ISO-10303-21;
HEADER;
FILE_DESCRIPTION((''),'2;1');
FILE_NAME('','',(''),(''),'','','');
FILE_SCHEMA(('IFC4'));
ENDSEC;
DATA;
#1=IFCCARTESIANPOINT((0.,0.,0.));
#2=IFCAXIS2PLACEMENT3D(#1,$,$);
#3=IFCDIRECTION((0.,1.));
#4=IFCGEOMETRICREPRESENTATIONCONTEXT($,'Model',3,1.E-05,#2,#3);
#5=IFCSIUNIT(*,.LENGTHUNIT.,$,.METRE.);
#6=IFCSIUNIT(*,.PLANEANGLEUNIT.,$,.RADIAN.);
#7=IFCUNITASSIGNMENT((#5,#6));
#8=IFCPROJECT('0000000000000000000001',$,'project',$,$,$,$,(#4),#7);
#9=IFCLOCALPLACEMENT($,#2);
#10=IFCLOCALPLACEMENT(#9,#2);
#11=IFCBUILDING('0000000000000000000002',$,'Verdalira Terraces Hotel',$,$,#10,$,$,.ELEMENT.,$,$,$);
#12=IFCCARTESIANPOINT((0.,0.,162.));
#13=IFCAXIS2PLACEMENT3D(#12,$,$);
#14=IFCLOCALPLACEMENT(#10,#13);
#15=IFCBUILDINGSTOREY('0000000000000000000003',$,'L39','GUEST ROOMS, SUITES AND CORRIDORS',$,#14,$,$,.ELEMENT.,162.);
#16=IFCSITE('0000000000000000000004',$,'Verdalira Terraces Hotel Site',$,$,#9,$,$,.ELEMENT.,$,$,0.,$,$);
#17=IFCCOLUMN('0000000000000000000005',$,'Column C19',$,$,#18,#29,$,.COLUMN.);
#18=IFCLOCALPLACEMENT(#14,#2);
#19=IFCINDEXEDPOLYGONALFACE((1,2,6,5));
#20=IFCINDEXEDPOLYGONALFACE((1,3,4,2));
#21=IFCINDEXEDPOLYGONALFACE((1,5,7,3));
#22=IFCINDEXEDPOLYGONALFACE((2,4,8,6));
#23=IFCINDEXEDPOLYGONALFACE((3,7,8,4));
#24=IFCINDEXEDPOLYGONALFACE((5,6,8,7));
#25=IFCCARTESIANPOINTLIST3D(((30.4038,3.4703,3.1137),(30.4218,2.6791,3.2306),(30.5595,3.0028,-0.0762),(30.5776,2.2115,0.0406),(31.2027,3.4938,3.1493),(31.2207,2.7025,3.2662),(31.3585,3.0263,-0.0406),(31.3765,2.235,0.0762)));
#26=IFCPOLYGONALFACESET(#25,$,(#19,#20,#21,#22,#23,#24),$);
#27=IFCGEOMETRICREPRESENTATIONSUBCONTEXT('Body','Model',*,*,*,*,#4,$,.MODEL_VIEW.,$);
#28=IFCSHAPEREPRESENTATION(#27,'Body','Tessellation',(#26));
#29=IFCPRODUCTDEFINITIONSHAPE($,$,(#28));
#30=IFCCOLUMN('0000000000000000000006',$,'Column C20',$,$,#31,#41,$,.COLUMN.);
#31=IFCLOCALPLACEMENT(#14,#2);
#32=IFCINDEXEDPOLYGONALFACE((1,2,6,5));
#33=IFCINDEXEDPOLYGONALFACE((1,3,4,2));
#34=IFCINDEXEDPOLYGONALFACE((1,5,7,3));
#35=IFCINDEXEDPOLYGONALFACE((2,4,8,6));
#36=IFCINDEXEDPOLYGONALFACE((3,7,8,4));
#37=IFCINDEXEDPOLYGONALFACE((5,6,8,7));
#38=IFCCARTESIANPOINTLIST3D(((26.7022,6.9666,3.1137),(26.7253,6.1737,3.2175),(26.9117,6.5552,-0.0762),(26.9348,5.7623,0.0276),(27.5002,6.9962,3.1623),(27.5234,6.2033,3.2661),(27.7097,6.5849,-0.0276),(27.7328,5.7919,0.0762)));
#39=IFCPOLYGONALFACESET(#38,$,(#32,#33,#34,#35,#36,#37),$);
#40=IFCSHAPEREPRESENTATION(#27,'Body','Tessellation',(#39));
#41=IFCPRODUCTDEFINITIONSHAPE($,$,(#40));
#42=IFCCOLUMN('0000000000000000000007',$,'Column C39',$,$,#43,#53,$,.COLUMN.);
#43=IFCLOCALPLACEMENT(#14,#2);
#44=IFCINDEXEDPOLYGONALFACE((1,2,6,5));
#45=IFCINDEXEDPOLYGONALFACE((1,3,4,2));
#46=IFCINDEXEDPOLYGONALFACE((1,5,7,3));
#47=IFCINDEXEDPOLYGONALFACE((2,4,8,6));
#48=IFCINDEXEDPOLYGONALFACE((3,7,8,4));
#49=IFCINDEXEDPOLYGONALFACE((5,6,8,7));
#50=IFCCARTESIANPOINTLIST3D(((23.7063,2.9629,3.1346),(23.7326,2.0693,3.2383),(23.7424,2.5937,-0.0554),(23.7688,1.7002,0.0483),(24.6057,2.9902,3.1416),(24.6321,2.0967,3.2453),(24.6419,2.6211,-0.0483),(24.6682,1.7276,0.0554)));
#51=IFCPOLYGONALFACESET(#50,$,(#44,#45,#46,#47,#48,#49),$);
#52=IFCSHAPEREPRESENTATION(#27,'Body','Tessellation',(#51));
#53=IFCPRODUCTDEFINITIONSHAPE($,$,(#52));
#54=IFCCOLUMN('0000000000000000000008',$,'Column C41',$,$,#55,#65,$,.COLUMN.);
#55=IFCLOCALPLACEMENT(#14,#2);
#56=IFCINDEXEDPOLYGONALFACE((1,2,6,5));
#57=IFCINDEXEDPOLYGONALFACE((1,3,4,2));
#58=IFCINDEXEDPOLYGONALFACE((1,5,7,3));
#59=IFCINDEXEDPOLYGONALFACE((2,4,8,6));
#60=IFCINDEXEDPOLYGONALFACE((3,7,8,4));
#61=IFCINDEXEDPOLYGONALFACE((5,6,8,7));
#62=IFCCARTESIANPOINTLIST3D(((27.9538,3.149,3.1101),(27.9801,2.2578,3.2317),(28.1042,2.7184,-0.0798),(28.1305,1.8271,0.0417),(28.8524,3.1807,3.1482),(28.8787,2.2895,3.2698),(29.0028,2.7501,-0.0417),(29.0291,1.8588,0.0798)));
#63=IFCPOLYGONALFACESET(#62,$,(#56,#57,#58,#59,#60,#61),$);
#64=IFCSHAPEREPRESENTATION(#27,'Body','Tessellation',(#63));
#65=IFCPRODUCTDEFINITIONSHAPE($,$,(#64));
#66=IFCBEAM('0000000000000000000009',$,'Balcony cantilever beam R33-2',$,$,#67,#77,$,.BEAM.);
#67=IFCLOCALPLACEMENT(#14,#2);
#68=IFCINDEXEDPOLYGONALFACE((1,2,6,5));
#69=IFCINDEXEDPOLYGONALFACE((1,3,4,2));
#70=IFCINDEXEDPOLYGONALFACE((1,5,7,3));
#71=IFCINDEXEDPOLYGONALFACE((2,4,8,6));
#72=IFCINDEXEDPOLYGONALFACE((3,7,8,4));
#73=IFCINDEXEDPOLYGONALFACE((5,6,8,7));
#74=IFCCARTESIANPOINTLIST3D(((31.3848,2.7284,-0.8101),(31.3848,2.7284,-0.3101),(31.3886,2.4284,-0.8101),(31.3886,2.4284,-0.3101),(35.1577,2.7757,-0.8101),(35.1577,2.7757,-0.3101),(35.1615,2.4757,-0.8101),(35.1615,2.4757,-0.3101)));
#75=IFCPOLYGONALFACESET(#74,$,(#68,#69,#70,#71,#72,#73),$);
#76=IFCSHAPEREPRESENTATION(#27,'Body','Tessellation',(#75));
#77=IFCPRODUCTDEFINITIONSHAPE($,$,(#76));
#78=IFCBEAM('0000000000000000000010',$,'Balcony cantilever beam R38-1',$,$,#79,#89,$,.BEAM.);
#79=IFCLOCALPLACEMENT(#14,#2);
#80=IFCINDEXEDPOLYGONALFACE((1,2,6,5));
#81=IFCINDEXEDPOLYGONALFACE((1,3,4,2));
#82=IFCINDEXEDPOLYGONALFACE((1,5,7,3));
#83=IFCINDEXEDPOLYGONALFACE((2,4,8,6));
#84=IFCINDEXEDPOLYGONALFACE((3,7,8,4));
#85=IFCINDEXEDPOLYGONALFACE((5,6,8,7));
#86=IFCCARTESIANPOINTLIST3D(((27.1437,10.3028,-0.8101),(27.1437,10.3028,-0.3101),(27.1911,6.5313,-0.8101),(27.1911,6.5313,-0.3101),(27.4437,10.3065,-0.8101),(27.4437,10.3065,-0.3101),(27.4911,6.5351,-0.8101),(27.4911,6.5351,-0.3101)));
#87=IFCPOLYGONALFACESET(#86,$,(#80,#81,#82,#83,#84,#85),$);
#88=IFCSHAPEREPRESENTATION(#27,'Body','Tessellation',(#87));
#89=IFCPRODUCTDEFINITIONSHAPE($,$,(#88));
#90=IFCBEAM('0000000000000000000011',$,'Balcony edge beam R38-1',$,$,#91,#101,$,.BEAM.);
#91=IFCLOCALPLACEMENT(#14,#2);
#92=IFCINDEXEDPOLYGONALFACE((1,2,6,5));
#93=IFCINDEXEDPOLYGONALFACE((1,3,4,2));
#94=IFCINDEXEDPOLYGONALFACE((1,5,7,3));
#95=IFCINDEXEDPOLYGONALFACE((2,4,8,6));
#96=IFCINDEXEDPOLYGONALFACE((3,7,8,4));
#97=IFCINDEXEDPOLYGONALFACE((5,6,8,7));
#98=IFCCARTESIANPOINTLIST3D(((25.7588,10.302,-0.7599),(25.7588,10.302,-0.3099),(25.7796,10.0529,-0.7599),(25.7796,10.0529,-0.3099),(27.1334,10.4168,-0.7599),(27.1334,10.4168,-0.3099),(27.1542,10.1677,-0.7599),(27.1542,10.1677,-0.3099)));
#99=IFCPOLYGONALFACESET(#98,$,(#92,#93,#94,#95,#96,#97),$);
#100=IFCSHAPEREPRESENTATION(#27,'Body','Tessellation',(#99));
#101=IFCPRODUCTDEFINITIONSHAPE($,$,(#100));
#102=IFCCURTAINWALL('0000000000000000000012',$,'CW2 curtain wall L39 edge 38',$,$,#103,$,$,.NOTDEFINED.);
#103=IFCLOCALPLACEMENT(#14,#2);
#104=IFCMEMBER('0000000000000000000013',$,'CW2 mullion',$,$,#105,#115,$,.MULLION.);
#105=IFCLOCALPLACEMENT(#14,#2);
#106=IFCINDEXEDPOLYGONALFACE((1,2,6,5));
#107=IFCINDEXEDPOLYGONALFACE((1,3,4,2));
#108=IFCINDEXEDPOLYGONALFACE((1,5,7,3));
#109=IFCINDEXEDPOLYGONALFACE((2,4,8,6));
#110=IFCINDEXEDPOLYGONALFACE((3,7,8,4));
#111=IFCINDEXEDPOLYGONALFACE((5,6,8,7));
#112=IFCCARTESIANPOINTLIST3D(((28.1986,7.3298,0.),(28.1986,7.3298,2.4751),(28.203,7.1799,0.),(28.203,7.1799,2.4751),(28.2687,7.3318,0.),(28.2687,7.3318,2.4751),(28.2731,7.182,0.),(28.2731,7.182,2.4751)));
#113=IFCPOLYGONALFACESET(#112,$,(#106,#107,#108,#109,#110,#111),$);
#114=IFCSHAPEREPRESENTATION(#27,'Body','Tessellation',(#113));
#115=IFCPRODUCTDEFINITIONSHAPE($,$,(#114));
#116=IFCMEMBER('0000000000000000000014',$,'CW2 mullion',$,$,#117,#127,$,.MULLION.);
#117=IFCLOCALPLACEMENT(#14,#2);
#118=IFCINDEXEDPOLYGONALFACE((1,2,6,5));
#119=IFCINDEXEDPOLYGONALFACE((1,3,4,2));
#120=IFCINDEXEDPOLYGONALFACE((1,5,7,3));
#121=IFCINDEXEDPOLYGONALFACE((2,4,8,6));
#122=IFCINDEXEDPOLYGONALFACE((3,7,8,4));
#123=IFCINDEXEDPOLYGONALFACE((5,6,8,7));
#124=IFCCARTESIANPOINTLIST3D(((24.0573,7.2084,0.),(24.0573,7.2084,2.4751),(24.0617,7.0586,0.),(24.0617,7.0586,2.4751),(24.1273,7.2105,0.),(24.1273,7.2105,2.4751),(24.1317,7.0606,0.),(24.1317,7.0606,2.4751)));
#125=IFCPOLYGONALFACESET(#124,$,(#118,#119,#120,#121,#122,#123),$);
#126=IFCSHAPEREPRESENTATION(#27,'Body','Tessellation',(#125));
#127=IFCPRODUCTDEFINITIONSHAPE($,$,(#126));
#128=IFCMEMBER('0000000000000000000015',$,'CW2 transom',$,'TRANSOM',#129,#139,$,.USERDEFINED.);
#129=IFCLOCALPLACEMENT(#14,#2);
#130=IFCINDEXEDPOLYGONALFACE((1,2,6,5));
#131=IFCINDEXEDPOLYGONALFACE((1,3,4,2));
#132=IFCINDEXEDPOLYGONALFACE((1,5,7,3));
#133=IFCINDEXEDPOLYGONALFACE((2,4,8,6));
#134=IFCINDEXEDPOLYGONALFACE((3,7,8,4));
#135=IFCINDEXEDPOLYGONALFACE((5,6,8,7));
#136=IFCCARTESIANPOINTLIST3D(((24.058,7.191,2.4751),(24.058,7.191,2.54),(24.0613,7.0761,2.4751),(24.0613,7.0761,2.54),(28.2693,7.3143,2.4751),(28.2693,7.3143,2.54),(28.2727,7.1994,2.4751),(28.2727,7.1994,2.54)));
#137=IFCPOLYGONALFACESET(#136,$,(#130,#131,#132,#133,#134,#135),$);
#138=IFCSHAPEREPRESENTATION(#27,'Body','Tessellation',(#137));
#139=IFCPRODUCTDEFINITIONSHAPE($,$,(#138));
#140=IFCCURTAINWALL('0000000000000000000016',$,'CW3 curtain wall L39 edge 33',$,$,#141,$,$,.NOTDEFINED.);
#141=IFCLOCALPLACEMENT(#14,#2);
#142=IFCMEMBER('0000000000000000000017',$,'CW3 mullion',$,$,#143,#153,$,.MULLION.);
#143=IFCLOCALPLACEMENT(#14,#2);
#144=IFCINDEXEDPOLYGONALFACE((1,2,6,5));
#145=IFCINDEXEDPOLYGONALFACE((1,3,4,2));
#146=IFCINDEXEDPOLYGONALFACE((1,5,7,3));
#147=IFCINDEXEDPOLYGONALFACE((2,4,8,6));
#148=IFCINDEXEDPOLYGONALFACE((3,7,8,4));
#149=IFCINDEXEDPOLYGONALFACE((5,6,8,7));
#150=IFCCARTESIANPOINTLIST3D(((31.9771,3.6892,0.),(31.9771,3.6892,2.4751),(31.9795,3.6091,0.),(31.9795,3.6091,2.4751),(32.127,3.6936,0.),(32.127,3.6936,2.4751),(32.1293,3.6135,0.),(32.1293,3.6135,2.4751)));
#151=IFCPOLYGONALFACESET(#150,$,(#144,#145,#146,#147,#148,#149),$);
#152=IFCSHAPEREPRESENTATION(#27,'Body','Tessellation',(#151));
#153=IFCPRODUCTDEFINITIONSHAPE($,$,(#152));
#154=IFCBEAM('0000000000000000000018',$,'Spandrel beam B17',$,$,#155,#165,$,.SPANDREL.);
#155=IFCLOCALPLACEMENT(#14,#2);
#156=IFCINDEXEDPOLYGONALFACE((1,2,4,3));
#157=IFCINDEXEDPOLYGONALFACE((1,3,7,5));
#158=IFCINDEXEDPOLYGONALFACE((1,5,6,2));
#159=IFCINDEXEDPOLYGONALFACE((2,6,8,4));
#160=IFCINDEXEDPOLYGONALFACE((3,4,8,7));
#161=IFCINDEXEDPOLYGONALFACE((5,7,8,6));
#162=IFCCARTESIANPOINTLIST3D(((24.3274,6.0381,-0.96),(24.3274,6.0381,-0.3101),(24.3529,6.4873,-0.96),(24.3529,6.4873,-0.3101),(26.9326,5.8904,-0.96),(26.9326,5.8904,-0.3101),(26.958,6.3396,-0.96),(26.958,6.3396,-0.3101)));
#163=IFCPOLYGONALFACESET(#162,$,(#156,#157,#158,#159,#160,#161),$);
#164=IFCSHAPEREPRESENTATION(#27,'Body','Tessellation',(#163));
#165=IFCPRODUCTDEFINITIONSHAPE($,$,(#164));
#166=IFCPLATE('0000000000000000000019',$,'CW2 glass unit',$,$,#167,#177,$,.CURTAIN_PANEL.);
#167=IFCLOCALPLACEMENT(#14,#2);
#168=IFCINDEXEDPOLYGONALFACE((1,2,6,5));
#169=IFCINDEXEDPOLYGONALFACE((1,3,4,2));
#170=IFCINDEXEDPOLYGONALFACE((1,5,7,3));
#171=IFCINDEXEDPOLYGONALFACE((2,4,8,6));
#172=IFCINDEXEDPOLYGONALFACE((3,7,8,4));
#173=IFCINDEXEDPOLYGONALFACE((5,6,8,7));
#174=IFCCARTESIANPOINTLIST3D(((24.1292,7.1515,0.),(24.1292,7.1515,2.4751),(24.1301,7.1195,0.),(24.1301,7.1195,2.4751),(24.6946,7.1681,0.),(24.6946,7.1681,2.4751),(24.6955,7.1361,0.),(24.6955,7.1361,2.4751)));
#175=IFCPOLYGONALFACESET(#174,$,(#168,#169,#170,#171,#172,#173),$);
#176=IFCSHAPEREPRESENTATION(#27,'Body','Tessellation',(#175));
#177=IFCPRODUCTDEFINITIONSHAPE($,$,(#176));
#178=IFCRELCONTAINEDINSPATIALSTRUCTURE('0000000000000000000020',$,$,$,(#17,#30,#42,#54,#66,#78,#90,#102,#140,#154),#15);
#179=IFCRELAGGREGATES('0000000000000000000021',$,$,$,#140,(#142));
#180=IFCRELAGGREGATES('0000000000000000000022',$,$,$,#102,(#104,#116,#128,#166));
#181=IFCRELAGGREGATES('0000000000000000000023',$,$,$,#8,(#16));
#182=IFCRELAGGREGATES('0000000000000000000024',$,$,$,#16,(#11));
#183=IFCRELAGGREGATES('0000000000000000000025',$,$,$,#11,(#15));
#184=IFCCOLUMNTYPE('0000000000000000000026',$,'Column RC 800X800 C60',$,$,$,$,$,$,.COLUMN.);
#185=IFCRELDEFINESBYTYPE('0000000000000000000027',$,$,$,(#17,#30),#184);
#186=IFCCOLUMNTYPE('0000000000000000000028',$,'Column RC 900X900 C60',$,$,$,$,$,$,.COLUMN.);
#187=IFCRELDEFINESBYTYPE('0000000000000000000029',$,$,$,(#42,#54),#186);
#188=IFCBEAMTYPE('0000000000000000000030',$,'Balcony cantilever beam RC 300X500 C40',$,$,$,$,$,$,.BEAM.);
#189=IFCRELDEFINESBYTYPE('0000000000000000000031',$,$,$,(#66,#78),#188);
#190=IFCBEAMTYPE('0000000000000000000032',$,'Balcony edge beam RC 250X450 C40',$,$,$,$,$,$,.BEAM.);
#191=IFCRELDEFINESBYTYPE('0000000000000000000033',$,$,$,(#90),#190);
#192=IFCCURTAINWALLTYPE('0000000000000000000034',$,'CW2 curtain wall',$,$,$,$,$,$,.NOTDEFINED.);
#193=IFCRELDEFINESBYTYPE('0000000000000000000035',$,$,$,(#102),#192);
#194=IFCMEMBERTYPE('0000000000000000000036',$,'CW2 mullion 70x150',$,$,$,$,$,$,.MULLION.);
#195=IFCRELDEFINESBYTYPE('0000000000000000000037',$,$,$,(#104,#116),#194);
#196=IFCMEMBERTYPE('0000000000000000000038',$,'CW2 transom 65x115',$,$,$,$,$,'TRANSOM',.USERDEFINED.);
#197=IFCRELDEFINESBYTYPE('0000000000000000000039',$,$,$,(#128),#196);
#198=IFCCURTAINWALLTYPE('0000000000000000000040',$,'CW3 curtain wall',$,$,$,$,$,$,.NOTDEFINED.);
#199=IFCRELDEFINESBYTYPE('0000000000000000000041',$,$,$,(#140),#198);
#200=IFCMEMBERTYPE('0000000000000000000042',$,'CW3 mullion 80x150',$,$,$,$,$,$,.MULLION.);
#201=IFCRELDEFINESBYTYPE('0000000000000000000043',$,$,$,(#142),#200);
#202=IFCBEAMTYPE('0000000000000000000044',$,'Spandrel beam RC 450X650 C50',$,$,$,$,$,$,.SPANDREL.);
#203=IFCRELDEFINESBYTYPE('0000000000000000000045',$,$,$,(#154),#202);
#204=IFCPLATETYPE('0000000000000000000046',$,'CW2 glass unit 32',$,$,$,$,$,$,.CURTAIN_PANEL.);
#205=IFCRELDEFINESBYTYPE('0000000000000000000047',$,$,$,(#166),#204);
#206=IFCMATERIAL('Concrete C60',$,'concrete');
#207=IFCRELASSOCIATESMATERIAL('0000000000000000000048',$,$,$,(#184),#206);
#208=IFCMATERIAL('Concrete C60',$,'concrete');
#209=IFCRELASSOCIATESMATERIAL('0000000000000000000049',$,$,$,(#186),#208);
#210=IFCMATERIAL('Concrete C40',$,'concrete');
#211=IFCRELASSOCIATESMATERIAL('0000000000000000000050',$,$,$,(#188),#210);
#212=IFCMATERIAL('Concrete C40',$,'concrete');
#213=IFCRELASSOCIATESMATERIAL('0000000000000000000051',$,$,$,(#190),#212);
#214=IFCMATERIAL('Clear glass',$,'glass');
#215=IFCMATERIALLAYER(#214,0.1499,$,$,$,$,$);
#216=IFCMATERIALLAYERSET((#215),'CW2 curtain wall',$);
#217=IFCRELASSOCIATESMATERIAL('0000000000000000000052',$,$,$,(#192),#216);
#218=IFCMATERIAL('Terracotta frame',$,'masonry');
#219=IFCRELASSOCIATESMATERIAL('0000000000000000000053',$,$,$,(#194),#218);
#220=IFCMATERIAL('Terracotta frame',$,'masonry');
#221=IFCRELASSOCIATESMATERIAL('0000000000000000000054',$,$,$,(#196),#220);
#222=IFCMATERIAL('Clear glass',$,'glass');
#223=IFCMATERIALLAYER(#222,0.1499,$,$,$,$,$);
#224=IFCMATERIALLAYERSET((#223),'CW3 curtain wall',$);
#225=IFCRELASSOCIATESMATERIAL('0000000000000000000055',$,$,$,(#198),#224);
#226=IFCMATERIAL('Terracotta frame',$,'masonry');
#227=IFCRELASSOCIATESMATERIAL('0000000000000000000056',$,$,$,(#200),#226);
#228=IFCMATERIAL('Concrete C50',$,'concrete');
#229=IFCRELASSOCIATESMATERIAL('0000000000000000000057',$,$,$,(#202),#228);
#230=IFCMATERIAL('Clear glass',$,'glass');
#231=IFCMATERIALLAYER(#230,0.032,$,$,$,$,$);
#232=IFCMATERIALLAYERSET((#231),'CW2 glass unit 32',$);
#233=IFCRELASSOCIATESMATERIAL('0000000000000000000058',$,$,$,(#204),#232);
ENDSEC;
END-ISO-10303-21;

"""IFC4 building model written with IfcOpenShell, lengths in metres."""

from ifc_helpers import new_model, si_unit, direction, frame, origin, origin_2d, place, context, subcontext, project, spatial, rectangle, extrude, material, layer, layer_set, material_profile, profile_set, type_object, element, aggregate, save


model = new_model("IFC4")

# Units and contexts
model_context = context("Model", 3, precision=1e-05, world=origin(), true_north=direction((0.0, 1.0)))
body_context = subcontext(model_context, "Body", "Model", "MODEL_VIEW")
ifc_project = project(units=[si_unit("LENGTHUNIT", "METRE"), si_unit("PLANEANGLEUNIT", "RADIAN")], contexts=[model_context])

# Site, building, storey
site_placement = place(None, origin())
site = spatial("IfcSite", under=ifc_project, at=site_placement, Name="Verdalira Terraces Hotel Site", CompositionType="ELEMENT", RefElevation=0.0)
building_placement = place(site_placement, origin())
building = spatial("IfcBuilding", under=site, at=building_placement, Name="Verdalira Terraces Hotel", CompositionType="ELEMENT")
storey_placement = place(building_placement, frame((0.0, 0.0, 162.0)))
storey = spatial("IfcBuildingStorey", under=building, at=storey_placement, Name="L39", Description="GUEST ROOMS, SUITES AND CORRIDORS", CompositionType="ELEMENT", Elevation=162.0)

# Columns
ifc_material_1 = material(Name="Concrete C60", Category="concrete")
ifc_material_profile_1 = material_profile(ifc_material_1, rectangle(XDim=0.8, YDim=0.8, at=origin_2d()), Name="RC 800X800")
ifc_profile_set_1 = profile_set([ifc_material_profile_1], Name="Concrete C60")
column_type_1 = type_object("IfcColumnType", Name="Column RC 800X800 C60", PredefinedType="COLUMN", material=ifc_profile_set_1)
column_1_placement = place(storey_placement, frame((30.968, 2.6189, 0.0), z_axis=(-0.048257, 0.144845, 0.988277), x_axis=(-0.02255, 0.989019, -0.146055)))
element("IfcColumn", 1, at=column_1_placement, inside=storey, type_object=column_type_1, Name="Column C19", PredefinedType="COLUMN", context=body_context, shape_type="SweptSolid", body=[
    extrude(rectangle(XDim=0.8, YDim=0.8, at=origin_2d()), origin(), (0.0, 0.0, 1.0), 3.2278),
])
column_2_placement = place(storey_placement, frame((27.3223, 6.1736, 0.0), z_axis=(-0.06499, 0.127631, 0.98969), x_axis=(-0.997467, -0.037028, -0.060725)))
element("IfcColumn", 2, at=column_2_placement, inside=storey, type_object=column_type_1, Name="Column C20", PredefinedType="COLUMN", context=body_context, shape_type="SweptSolid", body=[
    extrude(rectangle(XDim=0.8, YDim=0.8, at=origin_2d()), origin(), (0.0, 0.0, 1.0), 3.2231),
])
ifc_material_2 = material(Name="Concrete C60", Category="concrete")
ifc_material_profile_2 = material_profile(ifc_material_2, rectangle(XDim=0.8999, YDim=0.8999, at=origin_2d()), Name="RC 900X900")
ifc_profile_set_2 = profile_set([ifc_material_profile_2], Name="Concrete C60")
column_type_2 = type_object("IfcColumnType", Name="Column RC 900X900 C60", PredefinedType="COLUMN", material=ifc_profile_set_2)
column_3_placement = place(storey_placement, frame((24.2053, 2.1606, 0.0), z_axis=(-0.011251, 0.114946, 0.993308), x_axis=(0.999508, 0.030394, 0.007804)))
element("IfcColumn", 3, at=column_3_placement, inside=storey, type_object=column_type_2, Name="Column C39", PredefinedType="COLUMN", context=body_context, shape_type="SweptSolid", body=[
    extrude(rectangle(XDim=0.8999, YDim=0.8999, at=origin_2d()), origin(), (0.0, 0.0, 1.0), 3.2114),
])
column_4_placement = place(storey_placement, frame((28.5666, 2.2886, 0.0), z_axis=(-0.04667, 0.133647, 0.989929), x_axis=(0.998483, 0.035239, 0.042316)))
element("IfcColumn", 4, at=column_4_placement, inside=storey, type_object=column_type_2, Name="Column C41", PredefinedType="COLUMN", context=body_context, shape_type="SweptSolid", body=[
    extrude(rectangle(XDim=0.8999, YDim=0.8999, at=origin_2d()), origin(), (0.0, 0.0, 1.0), 3.2224),
])

# Beams
ifc_material_3 = material(Name="Concrete C40", Category="concrete")
ifc_material_profile_3 = material_profile(ifc_material_3, rectangle(XDim=0.3, YDim=0.5, at=origin_2d()), Name="RC 300X500")
ifc_profile_set_3 = profile_set([ifc_material_profile_3], Name="Concrete C40")
beam_type_1 = type_object("IfcBeamType", Name="Balcony cantilever beam RC 300X500 C40", PredefinedType="BEAM", material=ifc_profile_set_3)
beam_1_placement = place(storey_placement, frame((31.3867, 2.5784, -0.5601), z_axis=(0.999921, 0.012552, 0.0), x_axis=(-0.012552, 0.999921, 0.0)))
element("IfcBeam", 5, at=beam_1_placement, inside=storey, type_object=beam_type_1, Name="Balcony cantilever beam R33-2", PredefinedType="BEAM", context=body_context, shape_type="SweptSolid", body=[
    extrude(rectangle(XDim=0.3, YDim=0.5, at=origin_2d()), origin(), (0.0, 0.0, 1.0), 3.7732),
])
beam_2_placement = place(storey_placement, frame((27.3411, 6.5332, -0.5601), z_axis=(-0.012557, 0.999921, 0.0), x_axis=(-0.999921, -0.012557, 0.0)))
element("IfcBeam", 6, at=beam_2_placement, inside=storey, type_object=beam_type_1, Name="Balcony cantilever beam R38-1", PredefinedType="BEAM", context=body_context, shape_type="SweptSolid", body=[
    extrude(rectangle(XDim=0.3, YDim=0.5, at=origin_2d()), origin(), (0.0, 0.0, 1.0), 3.7717),
])
ifc_material_4 = material(Name="Concrete C40", Category="concrete")
ifc_material_profile_4 = material_profile(ifc_material_4, rectangle(XDim=0.25, YDim=0.45, at=origin_2d()), Name="RC 250X450")
ifc_profile_set_4 = profile_set([ifc_material_profile_4], Name="Concrete C40")
beam_type_2 = type_object("IfcBeamType", Name="Balcony edge beam RC 250X450 C40", PredefinedType="BEAM", material=ifc_profile_set_4)
beam_3_placement = place(storey_placement, frame((27.1438, 10.2922, -0.5349), z_axis=(-0.996534, -0.083192, 0.0), x_axis=(0.083192, -0.996534, 0.0)))
element("IfcBeam", 7, at=beam_3_placement, inside=storey, type_object=beam_type_2, Name="Balcony edge beam R38-1", PredefinedType="BEAM", context=body_context, shape_type="SweptSolid", body=[
    extrude(rectangle(XDim=0.25, YDim=0.45, at=origin_2d()), origin(), (0.0, 0.0, 1.0), 1.3794),
])

# Curtain wall, members
ifc_material_5 = material(Name="Clear glass", Category="glass")
ifc_layer_1 = layer(ifc_material_5, 0.1499)
ifc_layer_set_1 = layer_set([ifc_layer_1], Name="CW2 curtain wall")
curtain_wall_type_1 = type_object("IfcCurtainWallType", Name="CW2 curtain wall", PredefinedType="NOTDEFINED", material=ifc_layer_set_1)
curtain_wall_1_placement = place(storey_placement, origin())
curtain_wall_1 = element("IfcCurtainWall", 8, at=curtain_wall_1_placement, inside=storey, type_object=curtain_wall_type_1, Name="CW2 curtain wall L39 edge 38", PredefinedType="NOTDEFINED")
ifc_material_6 = material(Name="Terracotta frame", Category="masonry")
ifc_material_profile_5 = material_profile(ifc_material_6, rectangle(XDim=0.0701, YDim=0.1499, at=origin_2d()), Name="MU 70x150")
ifc_profile_set_5 = profile_set([ifc_material_profile_5], Name="Terracotta frame")
member_type_1 = type_object("IfcMemberType", Name="CW2 mullion 70x150", PredefinedType="MULLION", material=ifc_profile_set_5)
member_1_placement = place(storey_placement, frame((28.2358, 7.2559, 0.0), z_axis=(0.0, 0.0, 1.0), x_axis=(-0.99957, -0.029317, 0.0)))
member_1 = element("IfcMember", 9, at=member_1_placement, type_object=member_type_1, Name="CW2 mullion", PredefinedType="MULLION", context=body_context, shape_type="SweptSolid", body=[
    extrude(rectangle(XDim=0.0701, YDim=0.1499, at=origin_2d()), origin(), (0.0, 0.0, 1.0), 2.4751),
])
member_2_placement = place(storey_placement, frame((24.0945, 7.1345, 0.0), z_axis=(0.0, 0.0, 1.0), x_axis=(-0.99957, -0.029317, 0.0)))
member_2 = element("IfcMember", 10, at=member_2_placement, type_object=member_type_1, Name="CW2 mullion", PredefinedType="MULLION", context=body_context, shape_type="SweptSolid", body=[
    extrude(rectangle(XDim=0.0701, YDim=0.1499, at=origin_2d()), origin(), (0.0, 0.0, 1.0), 2.4751),
])
ifc_material_7 = material(Name="Terracotta frame", Category="masonry")
ifc_material_profile_6 = material_profile(ifc_material_7, rectangle(XDim=0.115, YDim=0.0649, at=origin_2d()), Name="TR 65x115")
ifc_profile_set_6 = profile_set([ifc_material_profile_6], Name="Terracotta frame")
member_type_2 = type_object("IfcMemberType", Name="CW2 transom 65x115", ElementType="TRANSOM", PredefinedType="USERDEFINED", material=ifc_profile_set_6)
member_3_placement = place(storey_placement, frame((28.271, 7.2568, 2.5076), z_axis=(-0.999572, -0.029263, 0.0), x_axis=(0.029263, -0.999572, 0.0)))
member_3 = element("IfcMember", 11, at=member_3_placement, type_object=member_type_2, Name="CW2 transom", ObjectType="TRANSOM", PredefinedType="USERDEFINED", context=body_context, shape_type="SweptSolid", body=[
    extrude(rectangle(XDim=0.115, YDim=0.0649, at=origin_2d()), origin(), (0.0, 0.0, 1.0), 4.2131),
])

# Curtain wall, member
ifc_material_8 = material(Name="Clear glass", Category="glass")
ifc_layer_2 = layer(ifc_material_8, 0.1499)
ifc_layer_set_2 = layer_set([ifc_layer_2], Name="CW3 curtain wall")
curtain_wall_type_2 = type_object("IfcCurtainWallType", Name="CW3 curtain wall", PredefinedType="NOTDEFINED", material=ifc_layer_set_2)
curtain_wall_2_placement = place(storey_placement, origin())
curtain_wall_2 = element("IfcCurtainWall", 12, at=curtain_wall_2_placement, inside=storey, type_object=curtain_wall_type_2, Name="CW3 curtain wall L39 edge 33", PredefinedType="NOTDEFINED")
ifc_material_9 = material(Name="Terracotta frame", Category="masonry")
ifc_material_profile_7 = material_profile(ifc_material_9, rectangle(XDim=0.0801, YDim=0.1499, at=origin_2d()), Name="MU 80x150")
ifc_profile_set_7 = profile_set([ifc_material_profile_7], Name="Terracotta frame")
member_type_3 = type_object("IfcMemberType", Name="CW3 mullion 80x150", PredefinedType="MULLION", material=ifc_profile_set_7)
member_4_placement = place(storey_placement, frame((32.0532, 3.6514, 0.0), z_axis=(0.0, 0.0, 1.0), x_axis=(-0.029317, 0.99957, 0.0)))
member_4 = element("IfcMember", 13, at=member_4_placement, type_object=member_type_3, Name="CW3 mullion", PredefinedType="MULLION", context=body_context, shape_type="SweptSolid", body=[
    extrude(rectangle(XDim=0.0801, YDim=0.1499, at=origin_2d()), origin(), (0.0, 0.0, 1.0), 2.4751),
])
aggregate(curtain_wall_2, [member_4])

# Beam
ifc_material_10 = material(Name="Concrete C50", Category="concrete")
ifc_material_profile_8 = material_profile(ifc_material_10, rectangle(XDim=0.45, YDim=0.6499, at=origin_2d()), Name="RC 450X650")
ifc_profile_set_8 = profile_set([ifc_material_profile_8], Name="Concrete C50")
beam_type_3 = type_object("IfcBeamType", Name="Spandrel beam RC 450X650 C50", PredefinedType="SPANDREL", material=ifc_profile_set_8)
beam_4_placement = place(storey_placement, frame((26.9453, 6.115, -0.635), z_axis=(-0.998397, 0.056605, 0.0), x_axis=(-0.056605, -0.998397, 0.0)))
element("IfcBeam", 14, at=beam_4_placement, inside=storey, type_object=beam_type_3, Name="Spandrel beam B17", PredefinedType="SPANDREL", context=body_context, shape_type="SweptSolid", body=[
    extrude(rectangle(XDim=0.45, YDim=0.6499, at=origin_2d()), origin(), (0.0, 0.0, 1.0), 2.6094),
])

# Plate
ifc_material_11 = material(Name="Clear glass", Category="glass")
ifc_layer_3 = layer(ifc_material_11, 0.032)
ifc_layer_set_3 = layer_set([ifc_layer_3], Name="CW2 glass unit 32")
plate_type = type_object("IfcPlateType", Name="CW2 glass unit 32", PredefinedType="CURTAIN_PANEL", material=ifc_layer_set_3)
plate_placement = place(storey_placement, frame((24.4124, 7.1438, 0.0), z_axis=(0.0, 0.0, 1.0), x_axis=(-0.99957, -0.029317, 0.0)))
plate = element("IfcPlate", 15, at=plate_placement, type_object=plate_type, Name="CW2 glass unit", PredefinedType="CURTAIN_PANEL", context=body_context, shape_type="SweptSolid", body=[
    extrude(rectangle(XDim=0.5657, YDim=0.032, at=origin_2d()), origin(), (0.0, 0.0, 1.0), 2.4751),
])
aggregate(curtain_wall_1, [member_1, member_2, member_3, plate])

save(model, "model.ifc")
